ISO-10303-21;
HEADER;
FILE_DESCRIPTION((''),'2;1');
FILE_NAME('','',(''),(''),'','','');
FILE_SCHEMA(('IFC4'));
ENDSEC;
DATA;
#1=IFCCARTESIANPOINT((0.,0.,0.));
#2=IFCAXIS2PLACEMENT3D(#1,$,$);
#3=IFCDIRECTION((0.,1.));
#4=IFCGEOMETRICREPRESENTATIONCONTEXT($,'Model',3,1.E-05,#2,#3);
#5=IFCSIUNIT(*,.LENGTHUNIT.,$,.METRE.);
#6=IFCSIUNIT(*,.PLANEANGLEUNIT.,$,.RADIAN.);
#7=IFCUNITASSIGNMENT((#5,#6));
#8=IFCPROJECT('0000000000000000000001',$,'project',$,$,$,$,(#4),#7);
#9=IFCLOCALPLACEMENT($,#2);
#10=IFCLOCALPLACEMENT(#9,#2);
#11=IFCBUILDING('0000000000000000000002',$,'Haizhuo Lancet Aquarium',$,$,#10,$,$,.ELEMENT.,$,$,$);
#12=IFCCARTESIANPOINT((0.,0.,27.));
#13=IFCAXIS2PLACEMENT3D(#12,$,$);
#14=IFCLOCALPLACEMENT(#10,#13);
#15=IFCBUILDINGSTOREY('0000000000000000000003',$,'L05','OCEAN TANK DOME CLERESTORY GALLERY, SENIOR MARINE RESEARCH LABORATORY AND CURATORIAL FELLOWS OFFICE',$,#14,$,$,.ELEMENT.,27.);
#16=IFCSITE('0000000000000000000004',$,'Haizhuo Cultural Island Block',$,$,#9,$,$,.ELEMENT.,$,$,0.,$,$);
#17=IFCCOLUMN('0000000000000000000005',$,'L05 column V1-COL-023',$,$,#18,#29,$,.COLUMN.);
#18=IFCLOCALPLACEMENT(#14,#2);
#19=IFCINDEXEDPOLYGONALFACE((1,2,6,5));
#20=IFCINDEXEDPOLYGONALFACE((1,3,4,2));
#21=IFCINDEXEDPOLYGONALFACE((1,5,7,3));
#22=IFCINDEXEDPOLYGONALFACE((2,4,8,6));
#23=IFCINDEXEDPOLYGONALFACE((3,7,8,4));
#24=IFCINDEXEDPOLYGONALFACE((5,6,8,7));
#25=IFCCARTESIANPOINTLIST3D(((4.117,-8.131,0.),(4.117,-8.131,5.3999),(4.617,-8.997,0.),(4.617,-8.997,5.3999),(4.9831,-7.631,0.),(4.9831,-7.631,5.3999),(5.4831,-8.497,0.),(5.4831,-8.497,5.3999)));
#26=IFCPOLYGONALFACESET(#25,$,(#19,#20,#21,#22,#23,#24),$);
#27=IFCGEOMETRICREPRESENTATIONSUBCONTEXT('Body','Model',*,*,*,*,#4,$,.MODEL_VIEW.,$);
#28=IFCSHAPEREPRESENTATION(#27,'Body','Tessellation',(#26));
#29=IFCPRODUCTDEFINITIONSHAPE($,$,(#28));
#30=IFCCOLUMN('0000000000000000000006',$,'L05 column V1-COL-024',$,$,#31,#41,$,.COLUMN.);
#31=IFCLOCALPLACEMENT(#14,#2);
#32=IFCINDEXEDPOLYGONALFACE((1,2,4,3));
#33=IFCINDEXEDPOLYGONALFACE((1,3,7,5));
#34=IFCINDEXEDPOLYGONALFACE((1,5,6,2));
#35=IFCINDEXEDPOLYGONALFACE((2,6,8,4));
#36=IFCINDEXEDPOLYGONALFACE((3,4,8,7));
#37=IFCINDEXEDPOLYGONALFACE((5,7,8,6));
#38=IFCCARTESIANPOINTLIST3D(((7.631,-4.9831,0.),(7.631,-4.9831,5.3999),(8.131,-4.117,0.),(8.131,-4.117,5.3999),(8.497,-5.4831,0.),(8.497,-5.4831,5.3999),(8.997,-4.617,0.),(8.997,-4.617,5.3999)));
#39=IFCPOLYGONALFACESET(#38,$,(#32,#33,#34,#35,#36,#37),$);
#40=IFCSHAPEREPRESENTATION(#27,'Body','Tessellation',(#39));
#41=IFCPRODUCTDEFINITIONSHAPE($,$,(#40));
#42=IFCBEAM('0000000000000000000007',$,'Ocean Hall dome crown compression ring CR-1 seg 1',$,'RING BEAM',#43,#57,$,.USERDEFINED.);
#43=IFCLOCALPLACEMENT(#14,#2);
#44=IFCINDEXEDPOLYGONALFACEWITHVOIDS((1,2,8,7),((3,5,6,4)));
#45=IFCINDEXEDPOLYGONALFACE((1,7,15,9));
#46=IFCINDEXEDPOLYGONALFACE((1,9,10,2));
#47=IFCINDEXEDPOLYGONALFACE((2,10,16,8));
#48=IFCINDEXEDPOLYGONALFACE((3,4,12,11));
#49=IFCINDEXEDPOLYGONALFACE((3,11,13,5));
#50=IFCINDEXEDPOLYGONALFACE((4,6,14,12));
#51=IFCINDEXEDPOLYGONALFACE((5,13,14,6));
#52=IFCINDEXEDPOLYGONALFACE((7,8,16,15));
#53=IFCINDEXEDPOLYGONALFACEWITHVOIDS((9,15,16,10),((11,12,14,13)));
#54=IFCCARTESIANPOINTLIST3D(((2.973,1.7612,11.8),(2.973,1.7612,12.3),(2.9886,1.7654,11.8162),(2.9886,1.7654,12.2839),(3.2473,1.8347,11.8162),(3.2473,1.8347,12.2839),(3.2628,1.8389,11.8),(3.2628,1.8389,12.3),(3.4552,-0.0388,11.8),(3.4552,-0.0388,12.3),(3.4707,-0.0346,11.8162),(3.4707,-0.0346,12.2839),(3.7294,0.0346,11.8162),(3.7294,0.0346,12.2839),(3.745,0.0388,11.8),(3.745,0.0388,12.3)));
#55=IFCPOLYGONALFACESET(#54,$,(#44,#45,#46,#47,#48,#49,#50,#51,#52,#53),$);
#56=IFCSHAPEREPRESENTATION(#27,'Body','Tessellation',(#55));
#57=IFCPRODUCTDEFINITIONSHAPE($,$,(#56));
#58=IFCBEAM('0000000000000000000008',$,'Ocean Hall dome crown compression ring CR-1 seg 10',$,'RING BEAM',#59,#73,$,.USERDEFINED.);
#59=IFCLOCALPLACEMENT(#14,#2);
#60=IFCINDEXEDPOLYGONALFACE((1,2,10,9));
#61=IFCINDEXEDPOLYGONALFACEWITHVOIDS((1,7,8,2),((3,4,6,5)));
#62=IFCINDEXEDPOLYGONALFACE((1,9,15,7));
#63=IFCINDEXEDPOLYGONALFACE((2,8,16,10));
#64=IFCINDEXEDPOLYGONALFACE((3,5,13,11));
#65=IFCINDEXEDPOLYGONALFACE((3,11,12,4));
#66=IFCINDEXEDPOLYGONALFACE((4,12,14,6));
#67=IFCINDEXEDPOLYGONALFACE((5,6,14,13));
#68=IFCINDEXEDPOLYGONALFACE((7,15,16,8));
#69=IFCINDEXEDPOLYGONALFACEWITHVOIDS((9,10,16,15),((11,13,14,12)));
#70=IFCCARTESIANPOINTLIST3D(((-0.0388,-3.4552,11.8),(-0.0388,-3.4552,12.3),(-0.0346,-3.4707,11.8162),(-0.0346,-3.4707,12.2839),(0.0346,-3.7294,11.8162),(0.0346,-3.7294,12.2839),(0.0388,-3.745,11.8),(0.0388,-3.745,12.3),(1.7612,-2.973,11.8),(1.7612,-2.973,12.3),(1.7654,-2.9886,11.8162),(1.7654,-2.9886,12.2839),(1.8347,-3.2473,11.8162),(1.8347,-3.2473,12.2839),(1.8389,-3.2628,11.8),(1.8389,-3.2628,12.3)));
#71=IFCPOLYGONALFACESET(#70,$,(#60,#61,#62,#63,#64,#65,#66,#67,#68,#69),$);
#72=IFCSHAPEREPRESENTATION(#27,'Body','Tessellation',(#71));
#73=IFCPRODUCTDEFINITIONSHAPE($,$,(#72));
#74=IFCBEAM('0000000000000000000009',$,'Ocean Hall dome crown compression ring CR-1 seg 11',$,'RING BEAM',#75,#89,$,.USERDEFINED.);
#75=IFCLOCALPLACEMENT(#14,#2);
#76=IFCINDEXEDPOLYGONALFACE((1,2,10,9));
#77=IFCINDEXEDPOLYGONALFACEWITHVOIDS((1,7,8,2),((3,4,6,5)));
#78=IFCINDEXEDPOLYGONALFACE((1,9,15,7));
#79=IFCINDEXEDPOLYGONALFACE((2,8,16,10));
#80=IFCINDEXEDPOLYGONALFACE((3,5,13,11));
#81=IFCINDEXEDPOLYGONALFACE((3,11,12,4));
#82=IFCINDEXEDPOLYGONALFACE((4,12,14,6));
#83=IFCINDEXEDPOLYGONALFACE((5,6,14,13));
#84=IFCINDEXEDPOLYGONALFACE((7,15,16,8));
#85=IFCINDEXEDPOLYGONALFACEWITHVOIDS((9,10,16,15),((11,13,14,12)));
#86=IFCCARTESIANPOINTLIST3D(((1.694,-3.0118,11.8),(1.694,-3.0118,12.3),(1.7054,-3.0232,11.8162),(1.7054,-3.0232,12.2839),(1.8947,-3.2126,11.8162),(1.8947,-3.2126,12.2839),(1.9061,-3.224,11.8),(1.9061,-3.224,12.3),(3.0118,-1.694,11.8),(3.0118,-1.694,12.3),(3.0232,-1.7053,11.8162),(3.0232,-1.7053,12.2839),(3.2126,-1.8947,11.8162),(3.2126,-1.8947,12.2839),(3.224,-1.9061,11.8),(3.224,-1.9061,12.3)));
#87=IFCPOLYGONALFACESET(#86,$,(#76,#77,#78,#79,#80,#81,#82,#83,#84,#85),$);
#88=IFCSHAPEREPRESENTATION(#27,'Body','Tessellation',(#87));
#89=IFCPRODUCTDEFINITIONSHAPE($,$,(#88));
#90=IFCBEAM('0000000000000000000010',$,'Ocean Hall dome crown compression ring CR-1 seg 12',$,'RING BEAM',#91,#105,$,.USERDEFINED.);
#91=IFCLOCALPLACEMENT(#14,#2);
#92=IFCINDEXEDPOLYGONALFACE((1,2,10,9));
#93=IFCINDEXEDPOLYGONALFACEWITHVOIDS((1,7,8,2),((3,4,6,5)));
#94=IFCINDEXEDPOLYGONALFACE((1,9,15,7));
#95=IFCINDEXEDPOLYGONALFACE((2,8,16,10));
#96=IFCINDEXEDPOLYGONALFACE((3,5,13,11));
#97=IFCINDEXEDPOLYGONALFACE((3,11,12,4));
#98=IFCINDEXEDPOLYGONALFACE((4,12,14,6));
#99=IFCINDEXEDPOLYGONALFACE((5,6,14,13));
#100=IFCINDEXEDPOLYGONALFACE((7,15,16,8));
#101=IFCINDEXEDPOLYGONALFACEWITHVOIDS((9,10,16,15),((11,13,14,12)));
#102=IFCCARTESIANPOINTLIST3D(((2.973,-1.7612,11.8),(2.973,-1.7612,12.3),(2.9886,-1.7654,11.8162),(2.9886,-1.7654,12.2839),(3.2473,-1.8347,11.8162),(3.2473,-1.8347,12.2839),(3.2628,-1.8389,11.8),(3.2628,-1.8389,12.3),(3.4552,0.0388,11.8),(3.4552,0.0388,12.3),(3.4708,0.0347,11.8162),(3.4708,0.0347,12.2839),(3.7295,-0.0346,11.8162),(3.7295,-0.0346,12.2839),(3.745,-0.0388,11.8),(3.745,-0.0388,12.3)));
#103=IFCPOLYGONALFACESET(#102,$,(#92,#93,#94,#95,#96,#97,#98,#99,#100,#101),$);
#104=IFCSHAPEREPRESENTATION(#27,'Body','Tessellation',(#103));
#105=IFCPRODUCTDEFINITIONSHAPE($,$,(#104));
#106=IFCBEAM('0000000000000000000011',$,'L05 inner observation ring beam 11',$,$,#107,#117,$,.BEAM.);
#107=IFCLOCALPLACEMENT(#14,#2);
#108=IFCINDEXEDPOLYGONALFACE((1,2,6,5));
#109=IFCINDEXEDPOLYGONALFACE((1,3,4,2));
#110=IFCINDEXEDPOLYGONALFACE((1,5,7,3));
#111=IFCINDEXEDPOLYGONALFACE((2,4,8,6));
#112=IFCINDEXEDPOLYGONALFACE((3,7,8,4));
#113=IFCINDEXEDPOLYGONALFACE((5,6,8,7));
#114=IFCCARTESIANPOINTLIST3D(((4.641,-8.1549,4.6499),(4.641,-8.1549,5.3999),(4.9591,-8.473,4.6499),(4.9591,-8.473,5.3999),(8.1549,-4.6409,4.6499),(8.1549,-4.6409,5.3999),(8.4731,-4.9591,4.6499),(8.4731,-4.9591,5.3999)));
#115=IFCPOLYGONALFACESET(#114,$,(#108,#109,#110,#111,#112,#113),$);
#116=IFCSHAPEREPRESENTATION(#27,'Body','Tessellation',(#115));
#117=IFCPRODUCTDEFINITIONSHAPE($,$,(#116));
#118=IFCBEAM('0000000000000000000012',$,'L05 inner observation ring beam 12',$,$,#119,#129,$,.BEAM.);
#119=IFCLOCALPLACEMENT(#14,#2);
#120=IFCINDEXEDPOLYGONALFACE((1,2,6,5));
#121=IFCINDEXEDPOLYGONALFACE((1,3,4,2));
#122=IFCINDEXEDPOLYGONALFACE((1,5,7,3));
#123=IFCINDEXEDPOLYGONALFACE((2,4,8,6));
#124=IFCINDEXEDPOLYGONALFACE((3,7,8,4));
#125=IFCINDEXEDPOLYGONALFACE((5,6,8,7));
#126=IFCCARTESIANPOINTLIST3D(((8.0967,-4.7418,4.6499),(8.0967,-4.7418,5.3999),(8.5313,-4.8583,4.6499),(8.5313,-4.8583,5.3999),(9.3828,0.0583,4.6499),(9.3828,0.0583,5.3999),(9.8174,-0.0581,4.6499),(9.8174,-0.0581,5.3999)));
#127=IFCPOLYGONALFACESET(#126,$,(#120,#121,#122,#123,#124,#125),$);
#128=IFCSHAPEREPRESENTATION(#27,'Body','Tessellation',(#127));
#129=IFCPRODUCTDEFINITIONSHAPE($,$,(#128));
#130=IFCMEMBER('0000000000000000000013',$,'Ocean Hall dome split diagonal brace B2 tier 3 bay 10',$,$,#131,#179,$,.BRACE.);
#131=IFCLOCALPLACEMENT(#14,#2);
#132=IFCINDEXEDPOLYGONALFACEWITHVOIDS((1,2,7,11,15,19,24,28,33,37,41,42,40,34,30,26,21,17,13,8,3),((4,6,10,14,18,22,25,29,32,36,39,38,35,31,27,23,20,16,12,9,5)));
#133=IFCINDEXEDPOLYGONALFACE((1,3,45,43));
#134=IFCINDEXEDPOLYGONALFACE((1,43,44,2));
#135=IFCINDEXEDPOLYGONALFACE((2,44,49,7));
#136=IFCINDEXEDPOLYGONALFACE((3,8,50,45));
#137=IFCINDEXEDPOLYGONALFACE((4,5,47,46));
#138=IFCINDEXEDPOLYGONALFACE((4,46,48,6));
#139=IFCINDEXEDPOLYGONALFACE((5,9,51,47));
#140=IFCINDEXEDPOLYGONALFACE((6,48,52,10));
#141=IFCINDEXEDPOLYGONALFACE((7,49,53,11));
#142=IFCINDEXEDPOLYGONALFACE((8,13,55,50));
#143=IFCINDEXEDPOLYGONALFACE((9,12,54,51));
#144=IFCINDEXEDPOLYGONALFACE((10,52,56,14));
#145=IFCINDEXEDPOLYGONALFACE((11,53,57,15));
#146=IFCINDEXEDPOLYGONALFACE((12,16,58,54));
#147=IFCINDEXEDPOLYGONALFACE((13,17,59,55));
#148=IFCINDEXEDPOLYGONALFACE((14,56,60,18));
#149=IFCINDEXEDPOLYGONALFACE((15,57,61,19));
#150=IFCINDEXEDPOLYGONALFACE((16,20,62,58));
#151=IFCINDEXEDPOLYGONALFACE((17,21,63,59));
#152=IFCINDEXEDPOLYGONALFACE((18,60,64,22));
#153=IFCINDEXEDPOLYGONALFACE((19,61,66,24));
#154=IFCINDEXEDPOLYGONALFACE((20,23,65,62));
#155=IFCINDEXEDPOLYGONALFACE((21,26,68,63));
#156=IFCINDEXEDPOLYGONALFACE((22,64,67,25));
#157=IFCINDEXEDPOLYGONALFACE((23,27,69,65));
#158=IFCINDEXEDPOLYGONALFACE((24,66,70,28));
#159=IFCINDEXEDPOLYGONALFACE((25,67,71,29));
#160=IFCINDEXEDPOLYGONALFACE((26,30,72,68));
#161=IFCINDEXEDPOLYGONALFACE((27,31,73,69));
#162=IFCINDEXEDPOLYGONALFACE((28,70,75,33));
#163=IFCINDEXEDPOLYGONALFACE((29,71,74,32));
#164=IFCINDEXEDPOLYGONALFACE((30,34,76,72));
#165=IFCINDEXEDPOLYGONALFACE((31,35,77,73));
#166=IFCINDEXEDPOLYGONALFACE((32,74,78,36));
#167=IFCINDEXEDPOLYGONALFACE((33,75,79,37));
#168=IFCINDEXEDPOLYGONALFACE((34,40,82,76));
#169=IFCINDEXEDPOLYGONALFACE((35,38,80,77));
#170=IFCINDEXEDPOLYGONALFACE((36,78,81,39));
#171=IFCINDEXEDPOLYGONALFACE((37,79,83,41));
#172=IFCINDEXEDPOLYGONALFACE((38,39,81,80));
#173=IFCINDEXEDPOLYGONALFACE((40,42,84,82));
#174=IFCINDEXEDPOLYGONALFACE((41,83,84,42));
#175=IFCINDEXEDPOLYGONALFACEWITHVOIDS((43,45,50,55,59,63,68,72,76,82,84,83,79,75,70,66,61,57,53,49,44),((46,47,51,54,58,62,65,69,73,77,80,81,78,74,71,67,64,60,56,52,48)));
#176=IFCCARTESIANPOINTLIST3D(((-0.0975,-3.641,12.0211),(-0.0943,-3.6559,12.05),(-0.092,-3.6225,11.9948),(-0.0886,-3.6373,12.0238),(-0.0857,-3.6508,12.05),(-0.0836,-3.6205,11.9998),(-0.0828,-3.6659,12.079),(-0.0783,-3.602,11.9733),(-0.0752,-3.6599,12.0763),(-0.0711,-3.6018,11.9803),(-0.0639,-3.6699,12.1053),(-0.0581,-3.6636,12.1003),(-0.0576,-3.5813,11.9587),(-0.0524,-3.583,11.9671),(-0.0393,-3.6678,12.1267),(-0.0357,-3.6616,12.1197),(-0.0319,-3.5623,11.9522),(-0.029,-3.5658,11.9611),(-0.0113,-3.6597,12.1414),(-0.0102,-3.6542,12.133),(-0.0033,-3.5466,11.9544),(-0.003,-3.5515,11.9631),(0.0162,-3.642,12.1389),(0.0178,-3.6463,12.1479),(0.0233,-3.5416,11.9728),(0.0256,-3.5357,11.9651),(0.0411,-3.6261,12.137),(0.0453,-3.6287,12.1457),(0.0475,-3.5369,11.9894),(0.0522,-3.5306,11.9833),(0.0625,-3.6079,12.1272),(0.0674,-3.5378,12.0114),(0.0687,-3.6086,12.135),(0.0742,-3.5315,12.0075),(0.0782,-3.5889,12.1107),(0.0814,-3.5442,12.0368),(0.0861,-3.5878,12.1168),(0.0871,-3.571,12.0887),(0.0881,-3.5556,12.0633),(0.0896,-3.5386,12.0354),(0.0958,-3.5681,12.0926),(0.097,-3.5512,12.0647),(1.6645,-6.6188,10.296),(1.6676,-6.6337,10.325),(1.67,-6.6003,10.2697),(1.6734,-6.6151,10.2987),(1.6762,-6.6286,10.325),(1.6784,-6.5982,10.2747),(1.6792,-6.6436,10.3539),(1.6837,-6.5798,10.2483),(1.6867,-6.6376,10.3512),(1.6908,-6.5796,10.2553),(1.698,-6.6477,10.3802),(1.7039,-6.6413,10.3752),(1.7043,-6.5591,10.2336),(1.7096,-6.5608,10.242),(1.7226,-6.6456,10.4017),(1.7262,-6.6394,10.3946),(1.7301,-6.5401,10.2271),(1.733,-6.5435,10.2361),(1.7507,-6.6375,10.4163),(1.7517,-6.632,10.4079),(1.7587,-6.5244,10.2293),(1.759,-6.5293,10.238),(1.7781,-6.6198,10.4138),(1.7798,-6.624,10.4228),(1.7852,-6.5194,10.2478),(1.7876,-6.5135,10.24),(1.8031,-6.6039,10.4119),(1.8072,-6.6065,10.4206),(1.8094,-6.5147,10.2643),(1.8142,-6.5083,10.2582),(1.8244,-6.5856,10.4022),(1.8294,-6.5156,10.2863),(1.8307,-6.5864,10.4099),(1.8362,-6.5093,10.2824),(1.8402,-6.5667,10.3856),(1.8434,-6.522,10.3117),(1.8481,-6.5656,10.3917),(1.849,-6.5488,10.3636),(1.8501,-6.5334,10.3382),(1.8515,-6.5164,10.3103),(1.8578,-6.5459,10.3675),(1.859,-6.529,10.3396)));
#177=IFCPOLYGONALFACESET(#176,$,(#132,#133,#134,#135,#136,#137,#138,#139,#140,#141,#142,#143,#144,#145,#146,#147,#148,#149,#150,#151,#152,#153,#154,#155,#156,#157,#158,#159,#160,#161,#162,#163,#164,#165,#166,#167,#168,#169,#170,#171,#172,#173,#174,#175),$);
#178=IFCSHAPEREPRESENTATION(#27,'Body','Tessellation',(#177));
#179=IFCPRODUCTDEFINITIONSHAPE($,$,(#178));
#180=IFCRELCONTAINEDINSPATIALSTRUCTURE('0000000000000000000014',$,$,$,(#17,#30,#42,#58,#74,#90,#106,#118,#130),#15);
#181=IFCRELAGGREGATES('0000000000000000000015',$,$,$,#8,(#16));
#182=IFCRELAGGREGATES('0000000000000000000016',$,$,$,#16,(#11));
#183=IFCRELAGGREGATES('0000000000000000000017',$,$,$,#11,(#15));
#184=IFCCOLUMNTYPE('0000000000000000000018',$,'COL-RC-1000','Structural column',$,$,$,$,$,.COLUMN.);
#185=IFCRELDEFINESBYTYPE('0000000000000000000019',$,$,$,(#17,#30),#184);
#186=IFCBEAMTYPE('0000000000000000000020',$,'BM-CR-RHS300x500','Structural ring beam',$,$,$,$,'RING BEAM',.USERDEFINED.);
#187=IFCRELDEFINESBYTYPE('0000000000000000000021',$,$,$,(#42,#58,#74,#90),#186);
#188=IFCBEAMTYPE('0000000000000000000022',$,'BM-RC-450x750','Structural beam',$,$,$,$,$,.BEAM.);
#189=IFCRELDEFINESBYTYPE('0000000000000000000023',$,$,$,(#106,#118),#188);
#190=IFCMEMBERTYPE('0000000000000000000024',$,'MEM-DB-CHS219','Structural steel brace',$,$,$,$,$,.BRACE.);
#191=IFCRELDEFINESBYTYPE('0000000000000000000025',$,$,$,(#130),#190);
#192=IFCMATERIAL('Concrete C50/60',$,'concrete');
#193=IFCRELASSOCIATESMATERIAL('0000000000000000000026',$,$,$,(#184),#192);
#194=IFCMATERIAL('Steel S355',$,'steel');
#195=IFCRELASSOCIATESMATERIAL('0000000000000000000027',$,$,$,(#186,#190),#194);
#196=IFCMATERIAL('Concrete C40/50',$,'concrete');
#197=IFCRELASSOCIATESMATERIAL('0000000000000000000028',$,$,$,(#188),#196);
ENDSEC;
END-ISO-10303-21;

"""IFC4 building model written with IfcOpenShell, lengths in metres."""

from ifc_helpers import new_model, si_unit, direction, frame, origin, origin_2d, place, context, subcontext, project, spatial, rectangle, hollow_rectangle, hollow_circle, extrude, material, material_profile, profile_set, type_object, element, save


model = new_model("IFC4")

# Units and contexts
model_context = context("Model", 3, precision=1e-05, world=origin(), true_north=direction((0.0, 1.0)))
body_context = subcontext(model_context, "Body", "Model", "MODEL_VIEW")
ifc_project = project(units=[si_unit("LENGTHUNIT", "METRE"), si_unit("PLANEANGLEUNIT", "RADIAN")], contexts=[model_context])

# Site, building, storey
site_placement = place(None, origin())
site = spatial("IfcSite", under=ifc_project, at=site_placement, Name="Haizhuo Cultural Island Block", CompositionType="ELEMENT", RefElevation=0.0)
building_placement = place(site_placement, origin())
building = spatial("IfcBuilding", under=site, at=building_placement, Name="Haizhuo Lancet Aquarium", CompositionType="ELEMENT")
storey_placement = place(building_placement, frame((0.0, 0.0, 27.0)))
storey = spatial("IfcBuildingStorey", under=building, at=storey_placement, Name="L05", Description="OCEAN TANK DOME CLERESTORY GALLERY, SENIOR MARINE RESEARCH LABORATORY AND CURATORIAL FELLOWS OFFICE", CompositionType="ELEMENT", Elevation=27.0)

# Columns
ifc_material_1 = material(Name="Concrete C50/60", Category="concrete")
ifc_material_profile_1 = material_profile(ifc_material_1, rectangle(XDim=1.0, YDim=1.0, at=origin_2d()), Name="RC-COL 1000x1000")
ifc_profile_set_1 = profile_set([ifc_material_profile_1], Name="Concrete C50/60")
column_type = type_object("IfcColumnType", Name="COL-RC-1000", Description="Structural column", PredefinedType="COLUMN", material=ifc_profile_set_1)
for number, where, z_axis, x_axis, name in (
    (1, (4.8, -8.314, 0.0), (0.0, 0.0, 1.0), (0.5, -0.866025, 0.0), "L05 column V1-COL-023"),
    (2, (8.314, -4.8, 0.0), (0.0, 0.0, 1.0), (0.866025, -0.5, 0.0), "L05 column V1-COL-024"),
):
    element("IfcColumn", number, at=place(storey_placement, frame(where, z_axis=z_axis, x_axis=x_axis)), inside=storey, type_object=column_type, Name=name, PredefinedType="COLUMN", context=body_context, shape_type="SweptSolid", body=[
        extrude(rectangle(XDim=1.0, YDim=1.0, at=origin_2d()), origin(), (0.0, 0.0, 1.0), 5.3999),
    ])

# Beams
ifc_material_2 = material(Name="Steel S355", Category="steel")
ifc_material_profile_2 = material_profile(ifc_material_2, hollow_rectangle(XDim=0.3, YDim=0.5, WallThickness=0.0161, at=origin_2d()), Name="RHS 300x500x16")
ifc_profile_set_2 = profile_set([ifc_material_profile_2], Name="Steel S355")
beam_type_1 = type_object("IfcBeamType", Name="BM-CR-RHS300x500", Description="Structural ring beam", ElementType="RING BEAM", PredefinedType="USERDEFINED", material=ifc_profile_set_2)
for number, where, z_axis, x_axis, name in (
    (3, (3.6001, 0.0, 12.05), (-0.258747, 0.965945, 0.0), (-0.965945, -0.258747, 0.0), "Ocean Hall dome crown compression ring CR-1 seg 1"),
    (4, (0.0, -3.6001, 12.05), (0.965945, 0.258747, 0.0), (-0.258747, 0.965945, 0.0), "Ocean Hall dome crown compression ring CR-1 seg 10"),
):
    element("IfcBeam", number, at=place(storey_placement, frame(where, z_axis=z_axis, x_axis=x_axis)), inside=storey, type_object=beam_type_1, Name=name, ObjectType="RING BEAM", PredefinedType="USERDEFINED", context=body_context, shape_type="SweptSolid", body=[
        extrude(hollow_rectangle(XDim=0.3, YDim=0.5, WallThickness=0.0161, at=origin_2d()), origin(), (0.0, 0.0, 1.0), 1.8635),
    ])
beam_1_placement = place(storey_placement, frame((1.8, -3.1179, 12.05), z_axis=(0.707107, 0.707107, 0.0), x_axis=(-0.707107, 0.707107, 0.0)))
element("IfcBeam", 5, at=beam_1_placement, inside=storey, type_object=beam_type_1, Name="Ocean Hall dome crown compression ring CR-1 seg 11", ObjectType="RING BEAM", PredefinedType="USERDEFINED", context=body_context, shape_type="SweptSolid", body=[
    extrude(hollow_rectangle(XDim=0.3, YDim=0.5, WallThickness=0.0161, at=origin_2d()), origin(), (0.0, 0.0, 1.0), 1.8638),
])
beam_2_placement = place(storey_placement, frame((3.1179, -1.8, 12.05), z_axis=(0.258747, 0.965945, 0.0), x_axis=(-0.965945, 0.258747, 0.0)))
element("IfcBeam", 6, at=beam_2_placement, inside=storey, type_object=beam_type_1, Name="Ocean Hall dome crown compression ring CR-1 seg 12", ObjectType="RING BEAM", PredefinedType="USERDEFINED", context=body_context, shape_type="SweptSolid", body=[
    extrude(hollow_rectangle(XDim=0.3, YDim=0.5, WallThickness=0.0161, at=origin_2d()), origin(), (0.0, 0.0, 1.0), 1.8635),
])
ifc_material_3 = material(Name="Concrete C40/50", Category="concrete")
ifc_material_profile_3 = material_profile(ifc_material_3, rectangle(XDim=0.45, YDim=0.75, at=origin_2d()), Name="RC-BM 450x750")
ifc_profile_set_3 = profile_set([ifc_material_profile_3], Name="Concrete C40/50")
beam_type_2 = type_object("IfcBeamType", Name="BM-RC-450x750", Description="Structural beam", PredefinedType="BEAM", material=ifc_profile_set_3)
for number, where, z_axis, x_axis, name in (
    (7, (4.8, -8.314, 5.0249), (0.707107, 0.707107, 0.0), (-0.707107, 0.707107, 0.0), "L05 inner observation ring beam 11"),
    (8, (8.314, -4.8, 5.0249), (0.258812, 0.965928, 0.0), (-0.965928, 0.258812, 0.0), "L05 inner observation ring beam 12"),
):
    element("IfcBeam", number, at=place(storey_placement, frame(where, z_axis=z_axis, x_axis=x_axis)), inside=storey, type_object=beam_type_2, Name=name, PredefinedType="BEAM", context=body_context, shape_type="SweptSolid", body=[
        extrude(rectangle(XDim=0.45, YDim=0.75, at=origin_2d()), origin(), (0.0, 0.0, 1.0), 4.9695),
    ])

# Member
ifc_material_profile_4 = material_profile(ifc_material_2, hollow_circle(Radius=0.1096, WallThickness=0.01, at=origin_2d()), Name="CHS 219x10")
ifc_profile_set_4 = profile_set([ifc_material_profile_4], Name="Steel S355")
member_type_1 = type_object("IfcMemberType", Name="MEM-DB-CHS219", Description="Structural steel brace", PredefinedType="BRACE", material=ifc_profile_set_4)
member_1_placement = place(storey_placement, frame((1.762, -6.5779, 10.325), z_axis=(-0.455733, 0.770205, 0.446197), x_axis=(-0.860627, -0.509236, 0.0)))
element("IfcMember", 9, at=member_1_placement, inside=storey, type_object=member_type_1, Name="Ocean Hall dome split diagonal brace B2 tier 3 bay 10", PredefinedType="BRACE", context=body_context, shape_type="SweptSolid", body=[
    extrude(hollow_circle(Radius=0.1096, WallThickness=0.01, at=origin_2d()), origin(), (0.0, 0.0, 1.0), 3.8662),
])

save(model, "model.ifc")
